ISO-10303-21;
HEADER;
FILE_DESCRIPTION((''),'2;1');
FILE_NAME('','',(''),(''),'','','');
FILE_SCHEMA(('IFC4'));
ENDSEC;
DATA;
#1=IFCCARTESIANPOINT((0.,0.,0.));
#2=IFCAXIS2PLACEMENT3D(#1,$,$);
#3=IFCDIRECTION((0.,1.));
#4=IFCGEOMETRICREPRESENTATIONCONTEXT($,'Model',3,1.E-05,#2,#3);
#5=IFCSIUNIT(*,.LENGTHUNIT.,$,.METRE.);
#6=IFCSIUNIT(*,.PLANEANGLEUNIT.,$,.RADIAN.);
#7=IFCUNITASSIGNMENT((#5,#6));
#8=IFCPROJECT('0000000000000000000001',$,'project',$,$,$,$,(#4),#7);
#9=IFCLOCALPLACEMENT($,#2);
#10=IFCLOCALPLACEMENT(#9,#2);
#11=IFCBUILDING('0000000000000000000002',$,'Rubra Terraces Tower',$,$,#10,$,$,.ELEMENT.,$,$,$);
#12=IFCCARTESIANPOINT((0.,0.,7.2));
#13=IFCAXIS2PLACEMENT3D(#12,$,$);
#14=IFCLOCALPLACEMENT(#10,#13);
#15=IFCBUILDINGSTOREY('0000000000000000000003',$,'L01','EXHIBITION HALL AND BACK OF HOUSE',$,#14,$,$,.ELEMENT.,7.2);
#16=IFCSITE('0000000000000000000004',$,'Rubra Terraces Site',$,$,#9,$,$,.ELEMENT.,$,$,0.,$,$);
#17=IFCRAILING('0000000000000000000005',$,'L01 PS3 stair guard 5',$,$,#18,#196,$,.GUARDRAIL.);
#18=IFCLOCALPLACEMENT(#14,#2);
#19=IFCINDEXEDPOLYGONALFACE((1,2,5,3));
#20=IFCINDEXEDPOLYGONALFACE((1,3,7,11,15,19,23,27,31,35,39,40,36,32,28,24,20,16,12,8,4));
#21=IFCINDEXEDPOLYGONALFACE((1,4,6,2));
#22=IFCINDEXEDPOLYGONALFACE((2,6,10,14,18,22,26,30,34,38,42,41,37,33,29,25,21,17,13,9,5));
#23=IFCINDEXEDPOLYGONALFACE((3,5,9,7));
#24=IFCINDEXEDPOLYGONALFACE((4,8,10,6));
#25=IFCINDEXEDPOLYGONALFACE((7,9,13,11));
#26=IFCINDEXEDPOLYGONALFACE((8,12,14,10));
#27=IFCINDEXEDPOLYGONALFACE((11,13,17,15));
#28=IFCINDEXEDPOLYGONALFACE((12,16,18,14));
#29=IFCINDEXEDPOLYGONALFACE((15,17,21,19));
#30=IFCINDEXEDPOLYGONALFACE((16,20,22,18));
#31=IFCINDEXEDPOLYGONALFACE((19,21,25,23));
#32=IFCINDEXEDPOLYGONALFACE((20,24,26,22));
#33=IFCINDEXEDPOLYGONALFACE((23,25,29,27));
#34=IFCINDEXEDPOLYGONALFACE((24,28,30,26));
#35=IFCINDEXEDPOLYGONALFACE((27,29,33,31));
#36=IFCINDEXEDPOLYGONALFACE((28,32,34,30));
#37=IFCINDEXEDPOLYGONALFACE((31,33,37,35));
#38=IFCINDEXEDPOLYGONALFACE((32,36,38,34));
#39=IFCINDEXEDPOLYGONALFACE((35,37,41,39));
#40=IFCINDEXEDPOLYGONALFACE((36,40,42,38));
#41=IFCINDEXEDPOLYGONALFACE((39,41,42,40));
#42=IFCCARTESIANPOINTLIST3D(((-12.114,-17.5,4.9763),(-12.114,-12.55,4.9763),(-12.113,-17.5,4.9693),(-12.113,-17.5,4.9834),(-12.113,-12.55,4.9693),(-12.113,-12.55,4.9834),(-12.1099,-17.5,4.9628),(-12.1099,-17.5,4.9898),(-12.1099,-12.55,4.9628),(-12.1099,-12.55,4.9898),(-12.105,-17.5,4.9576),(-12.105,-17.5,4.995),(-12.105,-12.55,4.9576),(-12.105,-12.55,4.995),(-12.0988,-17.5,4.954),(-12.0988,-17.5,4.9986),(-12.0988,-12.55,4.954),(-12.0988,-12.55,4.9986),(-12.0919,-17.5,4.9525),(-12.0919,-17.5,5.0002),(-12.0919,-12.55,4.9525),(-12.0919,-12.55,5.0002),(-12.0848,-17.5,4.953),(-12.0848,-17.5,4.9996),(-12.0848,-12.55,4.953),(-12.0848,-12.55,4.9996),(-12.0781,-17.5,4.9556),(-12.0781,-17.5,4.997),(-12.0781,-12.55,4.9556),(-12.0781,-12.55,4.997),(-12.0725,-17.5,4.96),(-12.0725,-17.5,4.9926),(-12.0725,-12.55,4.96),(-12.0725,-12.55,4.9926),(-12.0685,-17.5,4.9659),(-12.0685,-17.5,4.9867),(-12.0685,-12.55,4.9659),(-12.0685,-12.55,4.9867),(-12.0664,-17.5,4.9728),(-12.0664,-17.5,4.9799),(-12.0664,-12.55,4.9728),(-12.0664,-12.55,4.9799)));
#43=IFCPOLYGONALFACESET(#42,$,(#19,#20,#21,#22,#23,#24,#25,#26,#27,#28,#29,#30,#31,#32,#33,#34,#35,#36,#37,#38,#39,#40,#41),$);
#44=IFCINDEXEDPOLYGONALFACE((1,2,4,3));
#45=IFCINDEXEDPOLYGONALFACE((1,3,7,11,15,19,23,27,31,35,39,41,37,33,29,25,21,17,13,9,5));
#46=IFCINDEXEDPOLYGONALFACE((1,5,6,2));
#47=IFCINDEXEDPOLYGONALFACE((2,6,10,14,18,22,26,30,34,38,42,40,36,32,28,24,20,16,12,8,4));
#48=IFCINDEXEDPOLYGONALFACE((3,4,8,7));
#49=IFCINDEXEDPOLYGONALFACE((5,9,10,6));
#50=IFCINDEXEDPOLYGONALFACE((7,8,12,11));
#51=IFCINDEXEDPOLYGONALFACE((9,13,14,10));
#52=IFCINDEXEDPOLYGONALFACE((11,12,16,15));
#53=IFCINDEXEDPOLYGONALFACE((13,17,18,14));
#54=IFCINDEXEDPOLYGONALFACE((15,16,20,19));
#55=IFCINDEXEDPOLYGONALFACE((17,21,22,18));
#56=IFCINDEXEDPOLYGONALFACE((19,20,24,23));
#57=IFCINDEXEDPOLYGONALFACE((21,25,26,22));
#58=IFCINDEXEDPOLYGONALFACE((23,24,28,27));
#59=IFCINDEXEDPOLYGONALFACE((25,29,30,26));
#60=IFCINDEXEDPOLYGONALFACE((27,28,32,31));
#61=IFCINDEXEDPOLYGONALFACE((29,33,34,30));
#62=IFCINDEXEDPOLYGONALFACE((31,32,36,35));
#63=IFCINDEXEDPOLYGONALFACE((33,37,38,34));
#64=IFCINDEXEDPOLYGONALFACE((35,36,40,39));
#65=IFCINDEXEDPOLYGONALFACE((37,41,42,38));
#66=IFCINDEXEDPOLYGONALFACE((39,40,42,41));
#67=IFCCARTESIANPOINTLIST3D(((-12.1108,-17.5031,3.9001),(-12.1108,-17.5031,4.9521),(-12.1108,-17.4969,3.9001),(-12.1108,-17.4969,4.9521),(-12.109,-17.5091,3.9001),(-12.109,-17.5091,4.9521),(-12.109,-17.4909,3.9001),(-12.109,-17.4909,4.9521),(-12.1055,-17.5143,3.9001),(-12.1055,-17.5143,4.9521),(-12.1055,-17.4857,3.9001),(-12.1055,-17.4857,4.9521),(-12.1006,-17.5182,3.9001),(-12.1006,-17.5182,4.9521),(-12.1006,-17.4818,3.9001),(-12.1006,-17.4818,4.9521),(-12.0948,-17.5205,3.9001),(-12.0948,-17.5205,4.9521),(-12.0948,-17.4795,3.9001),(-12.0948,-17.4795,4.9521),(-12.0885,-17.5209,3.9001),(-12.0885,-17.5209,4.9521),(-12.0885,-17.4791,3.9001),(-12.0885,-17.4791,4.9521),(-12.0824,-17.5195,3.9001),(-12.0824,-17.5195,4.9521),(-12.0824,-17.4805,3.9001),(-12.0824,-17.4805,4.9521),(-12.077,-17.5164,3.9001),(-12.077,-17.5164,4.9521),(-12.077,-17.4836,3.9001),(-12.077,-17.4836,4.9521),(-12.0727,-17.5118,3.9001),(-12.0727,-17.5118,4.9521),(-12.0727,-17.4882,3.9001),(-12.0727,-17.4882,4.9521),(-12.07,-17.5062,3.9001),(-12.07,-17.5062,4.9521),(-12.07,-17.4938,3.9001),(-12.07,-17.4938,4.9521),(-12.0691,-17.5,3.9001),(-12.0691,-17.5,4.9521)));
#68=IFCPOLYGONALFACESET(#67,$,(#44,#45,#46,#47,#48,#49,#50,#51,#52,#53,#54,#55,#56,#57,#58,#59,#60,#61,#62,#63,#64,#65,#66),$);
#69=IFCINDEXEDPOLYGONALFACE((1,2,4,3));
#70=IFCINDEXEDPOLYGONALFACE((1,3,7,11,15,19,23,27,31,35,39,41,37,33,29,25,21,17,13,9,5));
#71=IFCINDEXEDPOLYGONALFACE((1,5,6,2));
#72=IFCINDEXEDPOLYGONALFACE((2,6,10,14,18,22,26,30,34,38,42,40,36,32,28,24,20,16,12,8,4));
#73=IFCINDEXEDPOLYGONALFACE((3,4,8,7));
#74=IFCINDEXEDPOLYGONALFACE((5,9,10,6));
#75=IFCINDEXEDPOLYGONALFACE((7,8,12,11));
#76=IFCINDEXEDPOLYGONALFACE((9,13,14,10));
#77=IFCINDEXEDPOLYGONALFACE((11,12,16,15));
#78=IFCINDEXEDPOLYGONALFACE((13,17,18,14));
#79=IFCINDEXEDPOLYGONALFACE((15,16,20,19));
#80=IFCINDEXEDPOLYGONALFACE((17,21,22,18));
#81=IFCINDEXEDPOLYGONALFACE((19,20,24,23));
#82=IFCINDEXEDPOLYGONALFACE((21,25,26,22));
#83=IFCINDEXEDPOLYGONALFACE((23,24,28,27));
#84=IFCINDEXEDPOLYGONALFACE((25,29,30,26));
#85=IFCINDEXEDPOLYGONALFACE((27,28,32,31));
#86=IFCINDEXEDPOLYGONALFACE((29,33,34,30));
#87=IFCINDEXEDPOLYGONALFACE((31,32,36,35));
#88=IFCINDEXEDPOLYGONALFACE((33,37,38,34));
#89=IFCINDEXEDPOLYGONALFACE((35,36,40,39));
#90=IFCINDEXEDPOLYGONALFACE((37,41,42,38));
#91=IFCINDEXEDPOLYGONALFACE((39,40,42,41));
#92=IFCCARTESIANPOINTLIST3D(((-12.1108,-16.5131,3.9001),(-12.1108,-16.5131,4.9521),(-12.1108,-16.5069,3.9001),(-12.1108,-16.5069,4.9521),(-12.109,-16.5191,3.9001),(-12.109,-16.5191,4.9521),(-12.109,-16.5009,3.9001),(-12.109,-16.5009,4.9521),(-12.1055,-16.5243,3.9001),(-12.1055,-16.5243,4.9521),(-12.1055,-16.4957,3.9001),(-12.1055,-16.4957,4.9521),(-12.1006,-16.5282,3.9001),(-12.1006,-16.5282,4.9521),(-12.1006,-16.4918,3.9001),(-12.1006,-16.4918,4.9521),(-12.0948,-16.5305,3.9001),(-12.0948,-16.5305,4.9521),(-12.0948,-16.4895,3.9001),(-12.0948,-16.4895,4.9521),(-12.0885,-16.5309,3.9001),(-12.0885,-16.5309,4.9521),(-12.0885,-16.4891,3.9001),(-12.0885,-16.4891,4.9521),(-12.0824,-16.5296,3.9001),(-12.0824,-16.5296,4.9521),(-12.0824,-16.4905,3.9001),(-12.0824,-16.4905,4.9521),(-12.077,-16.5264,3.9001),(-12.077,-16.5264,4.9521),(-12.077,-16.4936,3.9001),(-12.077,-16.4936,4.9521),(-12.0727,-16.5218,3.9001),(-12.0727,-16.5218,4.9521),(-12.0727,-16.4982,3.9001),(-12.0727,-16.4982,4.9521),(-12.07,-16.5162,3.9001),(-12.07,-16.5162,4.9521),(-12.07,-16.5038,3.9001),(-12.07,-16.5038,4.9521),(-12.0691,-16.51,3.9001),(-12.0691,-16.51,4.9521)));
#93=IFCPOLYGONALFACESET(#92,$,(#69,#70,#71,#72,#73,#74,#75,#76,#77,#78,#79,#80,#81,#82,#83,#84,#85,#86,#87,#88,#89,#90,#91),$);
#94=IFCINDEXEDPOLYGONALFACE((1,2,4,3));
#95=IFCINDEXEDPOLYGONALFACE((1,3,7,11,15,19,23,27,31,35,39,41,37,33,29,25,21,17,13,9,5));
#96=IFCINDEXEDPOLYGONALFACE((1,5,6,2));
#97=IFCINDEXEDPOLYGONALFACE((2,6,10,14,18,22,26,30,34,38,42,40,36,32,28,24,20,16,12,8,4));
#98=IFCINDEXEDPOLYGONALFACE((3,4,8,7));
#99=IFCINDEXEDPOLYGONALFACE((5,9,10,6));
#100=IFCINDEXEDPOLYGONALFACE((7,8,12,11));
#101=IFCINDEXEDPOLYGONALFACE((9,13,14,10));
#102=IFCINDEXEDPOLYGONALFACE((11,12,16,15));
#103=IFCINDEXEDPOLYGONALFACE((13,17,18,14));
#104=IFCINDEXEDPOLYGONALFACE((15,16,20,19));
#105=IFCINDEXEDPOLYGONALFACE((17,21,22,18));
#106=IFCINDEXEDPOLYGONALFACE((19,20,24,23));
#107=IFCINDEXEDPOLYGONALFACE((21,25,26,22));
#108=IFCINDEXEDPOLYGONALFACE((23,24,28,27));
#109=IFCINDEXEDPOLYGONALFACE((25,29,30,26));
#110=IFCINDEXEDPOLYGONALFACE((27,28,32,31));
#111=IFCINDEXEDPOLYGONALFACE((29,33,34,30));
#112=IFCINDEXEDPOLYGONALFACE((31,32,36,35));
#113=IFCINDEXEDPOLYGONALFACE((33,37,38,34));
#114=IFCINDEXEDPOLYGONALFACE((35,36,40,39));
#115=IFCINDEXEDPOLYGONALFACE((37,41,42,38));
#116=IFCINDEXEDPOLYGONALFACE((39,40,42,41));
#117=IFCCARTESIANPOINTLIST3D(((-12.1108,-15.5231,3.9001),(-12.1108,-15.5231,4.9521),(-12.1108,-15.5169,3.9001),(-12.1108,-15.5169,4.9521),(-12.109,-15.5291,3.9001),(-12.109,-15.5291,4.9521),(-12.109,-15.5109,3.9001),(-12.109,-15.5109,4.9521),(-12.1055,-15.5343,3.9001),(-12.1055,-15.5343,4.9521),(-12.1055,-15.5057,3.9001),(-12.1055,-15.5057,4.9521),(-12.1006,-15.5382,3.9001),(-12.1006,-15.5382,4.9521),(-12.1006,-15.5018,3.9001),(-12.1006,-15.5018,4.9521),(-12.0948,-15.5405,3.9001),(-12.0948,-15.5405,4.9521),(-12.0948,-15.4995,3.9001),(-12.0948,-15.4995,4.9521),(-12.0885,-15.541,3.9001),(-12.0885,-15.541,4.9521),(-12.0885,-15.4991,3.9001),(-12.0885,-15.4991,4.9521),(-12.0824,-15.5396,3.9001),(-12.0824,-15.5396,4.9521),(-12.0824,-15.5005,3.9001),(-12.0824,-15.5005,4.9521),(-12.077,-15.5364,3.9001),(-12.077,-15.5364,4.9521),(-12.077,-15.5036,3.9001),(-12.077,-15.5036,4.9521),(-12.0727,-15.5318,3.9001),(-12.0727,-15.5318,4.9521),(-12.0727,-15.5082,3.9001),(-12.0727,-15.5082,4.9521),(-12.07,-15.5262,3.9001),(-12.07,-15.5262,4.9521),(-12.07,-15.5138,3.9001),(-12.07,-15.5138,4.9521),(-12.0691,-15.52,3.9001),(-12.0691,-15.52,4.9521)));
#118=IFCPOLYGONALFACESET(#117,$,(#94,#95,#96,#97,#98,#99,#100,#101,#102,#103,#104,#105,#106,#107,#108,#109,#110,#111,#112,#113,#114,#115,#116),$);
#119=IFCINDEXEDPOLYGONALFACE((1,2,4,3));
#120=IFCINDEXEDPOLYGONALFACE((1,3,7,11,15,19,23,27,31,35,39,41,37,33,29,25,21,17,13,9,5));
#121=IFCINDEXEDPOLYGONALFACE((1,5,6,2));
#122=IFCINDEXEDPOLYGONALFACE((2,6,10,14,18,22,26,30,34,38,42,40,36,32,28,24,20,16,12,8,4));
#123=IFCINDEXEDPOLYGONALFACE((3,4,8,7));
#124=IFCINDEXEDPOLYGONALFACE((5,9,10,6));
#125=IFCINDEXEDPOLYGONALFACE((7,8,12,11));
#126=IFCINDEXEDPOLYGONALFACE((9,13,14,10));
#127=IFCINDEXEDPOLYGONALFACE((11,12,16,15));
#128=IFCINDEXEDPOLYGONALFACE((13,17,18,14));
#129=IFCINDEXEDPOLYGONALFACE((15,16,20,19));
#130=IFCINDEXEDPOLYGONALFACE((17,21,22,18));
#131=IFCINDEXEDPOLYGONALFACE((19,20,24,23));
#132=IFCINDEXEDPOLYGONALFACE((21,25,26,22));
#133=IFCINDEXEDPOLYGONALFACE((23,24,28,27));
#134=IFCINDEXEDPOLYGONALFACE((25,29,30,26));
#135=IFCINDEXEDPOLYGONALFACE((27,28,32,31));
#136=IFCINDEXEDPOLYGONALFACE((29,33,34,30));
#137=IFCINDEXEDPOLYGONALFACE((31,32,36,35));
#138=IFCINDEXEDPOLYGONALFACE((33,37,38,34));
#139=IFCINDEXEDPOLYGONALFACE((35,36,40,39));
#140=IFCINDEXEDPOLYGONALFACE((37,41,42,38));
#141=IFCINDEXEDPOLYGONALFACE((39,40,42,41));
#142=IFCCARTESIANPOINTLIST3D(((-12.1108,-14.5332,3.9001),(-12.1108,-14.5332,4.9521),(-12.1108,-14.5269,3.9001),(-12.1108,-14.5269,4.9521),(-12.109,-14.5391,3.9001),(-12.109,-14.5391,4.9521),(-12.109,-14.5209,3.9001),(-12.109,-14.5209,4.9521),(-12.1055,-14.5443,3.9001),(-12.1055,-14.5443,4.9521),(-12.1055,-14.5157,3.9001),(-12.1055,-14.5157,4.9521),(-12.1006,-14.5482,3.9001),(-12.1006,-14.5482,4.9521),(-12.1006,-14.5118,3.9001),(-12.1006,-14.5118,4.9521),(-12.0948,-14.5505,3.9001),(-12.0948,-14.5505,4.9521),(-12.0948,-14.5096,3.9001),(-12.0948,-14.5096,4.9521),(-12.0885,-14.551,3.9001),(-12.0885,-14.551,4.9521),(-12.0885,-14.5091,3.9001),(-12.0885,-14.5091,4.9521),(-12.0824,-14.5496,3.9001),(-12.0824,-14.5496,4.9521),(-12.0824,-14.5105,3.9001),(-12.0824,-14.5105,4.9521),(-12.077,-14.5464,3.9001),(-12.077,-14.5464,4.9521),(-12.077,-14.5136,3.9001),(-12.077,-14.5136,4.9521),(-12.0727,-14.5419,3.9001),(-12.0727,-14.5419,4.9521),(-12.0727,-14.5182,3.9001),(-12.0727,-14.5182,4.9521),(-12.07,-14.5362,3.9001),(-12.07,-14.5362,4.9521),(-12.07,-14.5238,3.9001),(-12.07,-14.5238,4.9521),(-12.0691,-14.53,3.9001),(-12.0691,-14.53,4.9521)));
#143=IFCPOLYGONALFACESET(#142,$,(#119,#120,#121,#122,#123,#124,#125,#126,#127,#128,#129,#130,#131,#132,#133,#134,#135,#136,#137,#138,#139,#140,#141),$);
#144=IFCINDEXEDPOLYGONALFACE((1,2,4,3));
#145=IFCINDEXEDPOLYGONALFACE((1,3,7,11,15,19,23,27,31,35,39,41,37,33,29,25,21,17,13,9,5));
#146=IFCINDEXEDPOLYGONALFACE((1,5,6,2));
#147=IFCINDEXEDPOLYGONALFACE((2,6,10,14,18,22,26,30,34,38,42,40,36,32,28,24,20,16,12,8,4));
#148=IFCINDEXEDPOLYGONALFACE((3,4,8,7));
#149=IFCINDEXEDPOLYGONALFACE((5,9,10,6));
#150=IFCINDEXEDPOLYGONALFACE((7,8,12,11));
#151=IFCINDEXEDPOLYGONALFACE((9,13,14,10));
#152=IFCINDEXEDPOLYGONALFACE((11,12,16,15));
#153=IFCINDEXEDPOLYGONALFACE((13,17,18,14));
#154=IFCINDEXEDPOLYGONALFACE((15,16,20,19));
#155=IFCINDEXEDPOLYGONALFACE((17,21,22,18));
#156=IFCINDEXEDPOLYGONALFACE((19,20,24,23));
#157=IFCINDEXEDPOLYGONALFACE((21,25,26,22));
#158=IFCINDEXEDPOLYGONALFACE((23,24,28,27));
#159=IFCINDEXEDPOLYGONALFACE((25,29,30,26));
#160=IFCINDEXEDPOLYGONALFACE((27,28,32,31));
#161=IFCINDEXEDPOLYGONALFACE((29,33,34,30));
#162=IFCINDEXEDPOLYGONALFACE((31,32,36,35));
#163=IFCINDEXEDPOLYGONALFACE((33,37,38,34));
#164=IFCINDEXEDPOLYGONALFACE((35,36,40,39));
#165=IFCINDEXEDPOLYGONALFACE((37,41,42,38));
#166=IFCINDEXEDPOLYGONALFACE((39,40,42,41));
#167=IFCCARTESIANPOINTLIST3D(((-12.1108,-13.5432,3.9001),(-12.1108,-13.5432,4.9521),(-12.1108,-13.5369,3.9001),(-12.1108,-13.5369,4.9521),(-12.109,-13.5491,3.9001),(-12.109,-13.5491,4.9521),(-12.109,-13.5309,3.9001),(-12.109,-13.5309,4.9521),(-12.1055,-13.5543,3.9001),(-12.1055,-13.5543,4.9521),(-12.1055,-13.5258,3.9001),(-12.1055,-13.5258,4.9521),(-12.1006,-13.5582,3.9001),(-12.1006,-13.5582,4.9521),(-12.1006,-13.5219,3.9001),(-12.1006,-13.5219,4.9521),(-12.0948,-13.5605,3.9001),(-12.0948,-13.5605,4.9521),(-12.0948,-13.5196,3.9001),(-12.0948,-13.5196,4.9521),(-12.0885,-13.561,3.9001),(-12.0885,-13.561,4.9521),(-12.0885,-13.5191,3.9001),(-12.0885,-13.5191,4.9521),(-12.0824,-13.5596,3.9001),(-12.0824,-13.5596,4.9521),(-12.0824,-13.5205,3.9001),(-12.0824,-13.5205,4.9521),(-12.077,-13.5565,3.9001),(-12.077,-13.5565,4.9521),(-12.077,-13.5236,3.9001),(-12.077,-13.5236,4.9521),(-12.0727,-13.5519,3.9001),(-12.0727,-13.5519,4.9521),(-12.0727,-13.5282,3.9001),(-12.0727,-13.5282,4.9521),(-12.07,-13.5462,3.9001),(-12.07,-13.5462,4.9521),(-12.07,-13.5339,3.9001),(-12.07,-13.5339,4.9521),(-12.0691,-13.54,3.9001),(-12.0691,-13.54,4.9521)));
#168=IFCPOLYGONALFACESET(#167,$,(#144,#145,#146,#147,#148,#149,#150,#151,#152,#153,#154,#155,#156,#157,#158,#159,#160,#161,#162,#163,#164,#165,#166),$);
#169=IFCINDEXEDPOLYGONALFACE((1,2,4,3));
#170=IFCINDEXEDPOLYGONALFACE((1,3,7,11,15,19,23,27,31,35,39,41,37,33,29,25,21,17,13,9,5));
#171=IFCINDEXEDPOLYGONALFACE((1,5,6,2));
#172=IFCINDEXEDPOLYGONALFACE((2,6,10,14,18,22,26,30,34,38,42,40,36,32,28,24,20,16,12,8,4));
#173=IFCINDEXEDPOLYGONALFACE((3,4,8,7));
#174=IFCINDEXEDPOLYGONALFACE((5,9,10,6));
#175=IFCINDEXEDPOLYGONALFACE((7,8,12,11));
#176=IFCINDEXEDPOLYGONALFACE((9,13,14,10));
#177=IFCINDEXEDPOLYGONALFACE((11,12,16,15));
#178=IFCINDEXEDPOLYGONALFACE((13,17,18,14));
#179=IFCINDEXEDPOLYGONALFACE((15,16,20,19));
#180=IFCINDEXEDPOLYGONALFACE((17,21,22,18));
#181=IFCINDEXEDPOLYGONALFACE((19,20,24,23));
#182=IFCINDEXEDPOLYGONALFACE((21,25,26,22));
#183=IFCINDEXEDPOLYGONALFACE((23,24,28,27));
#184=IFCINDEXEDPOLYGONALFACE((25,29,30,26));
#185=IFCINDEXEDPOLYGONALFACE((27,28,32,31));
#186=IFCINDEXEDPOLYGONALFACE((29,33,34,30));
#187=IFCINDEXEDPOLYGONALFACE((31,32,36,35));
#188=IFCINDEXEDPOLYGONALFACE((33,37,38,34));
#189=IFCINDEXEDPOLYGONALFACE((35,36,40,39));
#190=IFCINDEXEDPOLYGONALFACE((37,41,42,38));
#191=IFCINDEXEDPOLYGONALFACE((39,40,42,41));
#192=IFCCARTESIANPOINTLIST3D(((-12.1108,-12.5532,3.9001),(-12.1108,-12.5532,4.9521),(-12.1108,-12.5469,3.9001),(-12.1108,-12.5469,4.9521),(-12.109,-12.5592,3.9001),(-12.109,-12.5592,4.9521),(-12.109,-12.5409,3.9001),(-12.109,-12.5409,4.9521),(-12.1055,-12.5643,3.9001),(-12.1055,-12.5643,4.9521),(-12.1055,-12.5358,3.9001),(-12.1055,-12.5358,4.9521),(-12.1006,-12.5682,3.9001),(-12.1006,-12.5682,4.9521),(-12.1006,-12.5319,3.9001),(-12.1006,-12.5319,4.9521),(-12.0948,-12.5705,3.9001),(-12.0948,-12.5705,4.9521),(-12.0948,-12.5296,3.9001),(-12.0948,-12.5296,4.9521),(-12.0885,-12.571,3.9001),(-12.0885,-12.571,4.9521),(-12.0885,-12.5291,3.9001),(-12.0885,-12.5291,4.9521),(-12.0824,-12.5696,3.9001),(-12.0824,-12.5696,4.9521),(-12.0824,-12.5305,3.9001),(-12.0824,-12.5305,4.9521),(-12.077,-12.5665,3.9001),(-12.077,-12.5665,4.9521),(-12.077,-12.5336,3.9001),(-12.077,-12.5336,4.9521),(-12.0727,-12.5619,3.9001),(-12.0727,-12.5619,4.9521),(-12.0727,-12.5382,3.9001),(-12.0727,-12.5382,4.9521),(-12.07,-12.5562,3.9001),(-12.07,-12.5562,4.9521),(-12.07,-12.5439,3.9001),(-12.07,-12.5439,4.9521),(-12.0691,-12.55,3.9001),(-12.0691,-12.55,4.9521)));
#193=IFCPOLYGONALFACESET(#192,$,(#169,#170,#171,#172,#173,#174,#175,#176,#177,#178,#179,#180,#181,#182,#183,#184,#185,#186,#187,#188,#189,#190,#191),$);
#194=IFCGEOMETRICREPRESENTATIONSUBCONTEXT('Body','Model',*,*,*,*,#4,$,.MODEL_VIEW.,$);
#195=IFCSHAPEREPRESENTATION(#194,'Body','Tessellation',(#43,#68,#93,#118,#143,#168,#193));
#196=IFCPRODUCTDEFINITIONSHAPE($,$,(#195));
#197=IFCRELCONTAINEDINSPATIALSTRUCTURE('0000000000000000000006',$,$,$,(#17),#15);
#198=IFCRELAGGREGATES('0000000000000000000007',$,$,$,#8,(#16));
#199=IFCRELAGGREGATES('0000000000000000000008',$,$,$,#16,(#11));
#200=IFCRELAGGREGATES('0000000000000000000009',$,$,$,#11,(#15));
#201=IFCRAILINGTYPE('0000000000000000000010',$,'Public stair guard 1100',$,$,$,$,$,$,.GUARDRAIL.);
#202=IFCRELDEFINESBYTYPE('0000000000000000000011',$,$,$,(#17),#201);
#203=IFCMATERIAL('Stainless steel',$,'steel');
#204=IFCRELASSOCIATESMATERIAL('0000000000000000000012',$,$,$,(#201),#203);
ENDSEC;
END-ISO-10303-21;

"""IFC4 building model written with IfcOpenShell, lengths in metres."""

from ifc_helpers import new_model, si_unit, direction, frame, origin, origin_2d, place, context, subcontext, project, spatial, circle, extrude, material, type_object, element, save


model = new_model("IFC4")

# Units and contexts
model_context = context("Model", 3, precision=1e-05, world=origin(), true_north=direction((0.0, 1.0)))
body_context = subcontext(model_context, "Body", "Model", "MODEL_VIEW")
ifc_project = project(units=[si_unit("LENGTHUNIT", "METRE"), si_unit("PLANEANGLEUNIT", "RADIAN")], contexts=[model_context])

# Site, building, storey
site_placement = place(None, origin())
site = spatial("IfcSite", under=ifc_project, at=site_placement, Name="Rubra Terraces Site", CompositionType="ELEMENT", RefElevation=0.0)
building_placement = place(site_placement, origin())
building = spatial("IfcBuilding", under=site, at=building_placement, Name="Rubra Terraces Tower", CompositionType="ELEMENT")
storey_placement = place(building_placement, frame((0.0, 0.0, 7.2)))
storey = spatial("IfcBuildingStorey", under=building, at=storey_placement, Name="L01", Description="EXHIBITION HALL AND BACK OF HOUSE", CompositionType="ELEMENT", Elevation=7.2)

# Railing
ifc_material_1 = material(Name="Stainless steel", Category="steel")
railing_type_1 = type_object("IfcRailingType", Name="Public stair guard 1100", PredefinedType="GUARDRAIL", material=ifc_material_1)
railing_1_placement = place(storey_placement, frame((-12.0901, -17.5, 3.9001)))
element("IfcRailing", 1, at=railing_1_placement, inside=storey, type_object=railing_type_1, Name="L01 PS3 stair guard 5", PredefinedType="GUARDRAIL", context=body_context, shape_type="SweptSolid", body=[
    extrude(circle(Radius=0.0239, at=origin_2d()), frame((0.0, 0.0, 1.0762), z_axis=(0.0, 1.0, 0.0), x_axis=(-1.0, 0.0, 0.0)), (0.0, 0.0, 1.0), 4.95),
    extrude(circle(Radius=0.021, at=origin_2d()), origin(), (0.0, 0.0, 1.0), 1.052),
    extrude(circle(Radius=0.021, at=origin_2d()), frame((0.0, 0.99, 0.0)), (0.0, 0.0, 1.0), 1.052),
    extrude(circle(Radius=0.021, at=origin_2d()), frame((0.0, 1.98, 0.0)), (0.0, 0.0, 1.0), 1.052),
    extrude(circle(Radius=0.021, at=origin_2d()), frame((0.0, 2.97, 0.0)), (0.0, 0.0, 1.0), 1.052),
    extrude(circle(Radius=0.021, at=origin_2d()), frame((0.0, 3.96, 0.0)), (0.0, 0.0, 1.0), 1.052),
    extrude(circle(Radius=0.021, at=origin_2d()), frame((0.0, 4.95, 0.0)), (0.0, 0.0, 1.0), 1.052),
])

save(model, "model.ifc")
